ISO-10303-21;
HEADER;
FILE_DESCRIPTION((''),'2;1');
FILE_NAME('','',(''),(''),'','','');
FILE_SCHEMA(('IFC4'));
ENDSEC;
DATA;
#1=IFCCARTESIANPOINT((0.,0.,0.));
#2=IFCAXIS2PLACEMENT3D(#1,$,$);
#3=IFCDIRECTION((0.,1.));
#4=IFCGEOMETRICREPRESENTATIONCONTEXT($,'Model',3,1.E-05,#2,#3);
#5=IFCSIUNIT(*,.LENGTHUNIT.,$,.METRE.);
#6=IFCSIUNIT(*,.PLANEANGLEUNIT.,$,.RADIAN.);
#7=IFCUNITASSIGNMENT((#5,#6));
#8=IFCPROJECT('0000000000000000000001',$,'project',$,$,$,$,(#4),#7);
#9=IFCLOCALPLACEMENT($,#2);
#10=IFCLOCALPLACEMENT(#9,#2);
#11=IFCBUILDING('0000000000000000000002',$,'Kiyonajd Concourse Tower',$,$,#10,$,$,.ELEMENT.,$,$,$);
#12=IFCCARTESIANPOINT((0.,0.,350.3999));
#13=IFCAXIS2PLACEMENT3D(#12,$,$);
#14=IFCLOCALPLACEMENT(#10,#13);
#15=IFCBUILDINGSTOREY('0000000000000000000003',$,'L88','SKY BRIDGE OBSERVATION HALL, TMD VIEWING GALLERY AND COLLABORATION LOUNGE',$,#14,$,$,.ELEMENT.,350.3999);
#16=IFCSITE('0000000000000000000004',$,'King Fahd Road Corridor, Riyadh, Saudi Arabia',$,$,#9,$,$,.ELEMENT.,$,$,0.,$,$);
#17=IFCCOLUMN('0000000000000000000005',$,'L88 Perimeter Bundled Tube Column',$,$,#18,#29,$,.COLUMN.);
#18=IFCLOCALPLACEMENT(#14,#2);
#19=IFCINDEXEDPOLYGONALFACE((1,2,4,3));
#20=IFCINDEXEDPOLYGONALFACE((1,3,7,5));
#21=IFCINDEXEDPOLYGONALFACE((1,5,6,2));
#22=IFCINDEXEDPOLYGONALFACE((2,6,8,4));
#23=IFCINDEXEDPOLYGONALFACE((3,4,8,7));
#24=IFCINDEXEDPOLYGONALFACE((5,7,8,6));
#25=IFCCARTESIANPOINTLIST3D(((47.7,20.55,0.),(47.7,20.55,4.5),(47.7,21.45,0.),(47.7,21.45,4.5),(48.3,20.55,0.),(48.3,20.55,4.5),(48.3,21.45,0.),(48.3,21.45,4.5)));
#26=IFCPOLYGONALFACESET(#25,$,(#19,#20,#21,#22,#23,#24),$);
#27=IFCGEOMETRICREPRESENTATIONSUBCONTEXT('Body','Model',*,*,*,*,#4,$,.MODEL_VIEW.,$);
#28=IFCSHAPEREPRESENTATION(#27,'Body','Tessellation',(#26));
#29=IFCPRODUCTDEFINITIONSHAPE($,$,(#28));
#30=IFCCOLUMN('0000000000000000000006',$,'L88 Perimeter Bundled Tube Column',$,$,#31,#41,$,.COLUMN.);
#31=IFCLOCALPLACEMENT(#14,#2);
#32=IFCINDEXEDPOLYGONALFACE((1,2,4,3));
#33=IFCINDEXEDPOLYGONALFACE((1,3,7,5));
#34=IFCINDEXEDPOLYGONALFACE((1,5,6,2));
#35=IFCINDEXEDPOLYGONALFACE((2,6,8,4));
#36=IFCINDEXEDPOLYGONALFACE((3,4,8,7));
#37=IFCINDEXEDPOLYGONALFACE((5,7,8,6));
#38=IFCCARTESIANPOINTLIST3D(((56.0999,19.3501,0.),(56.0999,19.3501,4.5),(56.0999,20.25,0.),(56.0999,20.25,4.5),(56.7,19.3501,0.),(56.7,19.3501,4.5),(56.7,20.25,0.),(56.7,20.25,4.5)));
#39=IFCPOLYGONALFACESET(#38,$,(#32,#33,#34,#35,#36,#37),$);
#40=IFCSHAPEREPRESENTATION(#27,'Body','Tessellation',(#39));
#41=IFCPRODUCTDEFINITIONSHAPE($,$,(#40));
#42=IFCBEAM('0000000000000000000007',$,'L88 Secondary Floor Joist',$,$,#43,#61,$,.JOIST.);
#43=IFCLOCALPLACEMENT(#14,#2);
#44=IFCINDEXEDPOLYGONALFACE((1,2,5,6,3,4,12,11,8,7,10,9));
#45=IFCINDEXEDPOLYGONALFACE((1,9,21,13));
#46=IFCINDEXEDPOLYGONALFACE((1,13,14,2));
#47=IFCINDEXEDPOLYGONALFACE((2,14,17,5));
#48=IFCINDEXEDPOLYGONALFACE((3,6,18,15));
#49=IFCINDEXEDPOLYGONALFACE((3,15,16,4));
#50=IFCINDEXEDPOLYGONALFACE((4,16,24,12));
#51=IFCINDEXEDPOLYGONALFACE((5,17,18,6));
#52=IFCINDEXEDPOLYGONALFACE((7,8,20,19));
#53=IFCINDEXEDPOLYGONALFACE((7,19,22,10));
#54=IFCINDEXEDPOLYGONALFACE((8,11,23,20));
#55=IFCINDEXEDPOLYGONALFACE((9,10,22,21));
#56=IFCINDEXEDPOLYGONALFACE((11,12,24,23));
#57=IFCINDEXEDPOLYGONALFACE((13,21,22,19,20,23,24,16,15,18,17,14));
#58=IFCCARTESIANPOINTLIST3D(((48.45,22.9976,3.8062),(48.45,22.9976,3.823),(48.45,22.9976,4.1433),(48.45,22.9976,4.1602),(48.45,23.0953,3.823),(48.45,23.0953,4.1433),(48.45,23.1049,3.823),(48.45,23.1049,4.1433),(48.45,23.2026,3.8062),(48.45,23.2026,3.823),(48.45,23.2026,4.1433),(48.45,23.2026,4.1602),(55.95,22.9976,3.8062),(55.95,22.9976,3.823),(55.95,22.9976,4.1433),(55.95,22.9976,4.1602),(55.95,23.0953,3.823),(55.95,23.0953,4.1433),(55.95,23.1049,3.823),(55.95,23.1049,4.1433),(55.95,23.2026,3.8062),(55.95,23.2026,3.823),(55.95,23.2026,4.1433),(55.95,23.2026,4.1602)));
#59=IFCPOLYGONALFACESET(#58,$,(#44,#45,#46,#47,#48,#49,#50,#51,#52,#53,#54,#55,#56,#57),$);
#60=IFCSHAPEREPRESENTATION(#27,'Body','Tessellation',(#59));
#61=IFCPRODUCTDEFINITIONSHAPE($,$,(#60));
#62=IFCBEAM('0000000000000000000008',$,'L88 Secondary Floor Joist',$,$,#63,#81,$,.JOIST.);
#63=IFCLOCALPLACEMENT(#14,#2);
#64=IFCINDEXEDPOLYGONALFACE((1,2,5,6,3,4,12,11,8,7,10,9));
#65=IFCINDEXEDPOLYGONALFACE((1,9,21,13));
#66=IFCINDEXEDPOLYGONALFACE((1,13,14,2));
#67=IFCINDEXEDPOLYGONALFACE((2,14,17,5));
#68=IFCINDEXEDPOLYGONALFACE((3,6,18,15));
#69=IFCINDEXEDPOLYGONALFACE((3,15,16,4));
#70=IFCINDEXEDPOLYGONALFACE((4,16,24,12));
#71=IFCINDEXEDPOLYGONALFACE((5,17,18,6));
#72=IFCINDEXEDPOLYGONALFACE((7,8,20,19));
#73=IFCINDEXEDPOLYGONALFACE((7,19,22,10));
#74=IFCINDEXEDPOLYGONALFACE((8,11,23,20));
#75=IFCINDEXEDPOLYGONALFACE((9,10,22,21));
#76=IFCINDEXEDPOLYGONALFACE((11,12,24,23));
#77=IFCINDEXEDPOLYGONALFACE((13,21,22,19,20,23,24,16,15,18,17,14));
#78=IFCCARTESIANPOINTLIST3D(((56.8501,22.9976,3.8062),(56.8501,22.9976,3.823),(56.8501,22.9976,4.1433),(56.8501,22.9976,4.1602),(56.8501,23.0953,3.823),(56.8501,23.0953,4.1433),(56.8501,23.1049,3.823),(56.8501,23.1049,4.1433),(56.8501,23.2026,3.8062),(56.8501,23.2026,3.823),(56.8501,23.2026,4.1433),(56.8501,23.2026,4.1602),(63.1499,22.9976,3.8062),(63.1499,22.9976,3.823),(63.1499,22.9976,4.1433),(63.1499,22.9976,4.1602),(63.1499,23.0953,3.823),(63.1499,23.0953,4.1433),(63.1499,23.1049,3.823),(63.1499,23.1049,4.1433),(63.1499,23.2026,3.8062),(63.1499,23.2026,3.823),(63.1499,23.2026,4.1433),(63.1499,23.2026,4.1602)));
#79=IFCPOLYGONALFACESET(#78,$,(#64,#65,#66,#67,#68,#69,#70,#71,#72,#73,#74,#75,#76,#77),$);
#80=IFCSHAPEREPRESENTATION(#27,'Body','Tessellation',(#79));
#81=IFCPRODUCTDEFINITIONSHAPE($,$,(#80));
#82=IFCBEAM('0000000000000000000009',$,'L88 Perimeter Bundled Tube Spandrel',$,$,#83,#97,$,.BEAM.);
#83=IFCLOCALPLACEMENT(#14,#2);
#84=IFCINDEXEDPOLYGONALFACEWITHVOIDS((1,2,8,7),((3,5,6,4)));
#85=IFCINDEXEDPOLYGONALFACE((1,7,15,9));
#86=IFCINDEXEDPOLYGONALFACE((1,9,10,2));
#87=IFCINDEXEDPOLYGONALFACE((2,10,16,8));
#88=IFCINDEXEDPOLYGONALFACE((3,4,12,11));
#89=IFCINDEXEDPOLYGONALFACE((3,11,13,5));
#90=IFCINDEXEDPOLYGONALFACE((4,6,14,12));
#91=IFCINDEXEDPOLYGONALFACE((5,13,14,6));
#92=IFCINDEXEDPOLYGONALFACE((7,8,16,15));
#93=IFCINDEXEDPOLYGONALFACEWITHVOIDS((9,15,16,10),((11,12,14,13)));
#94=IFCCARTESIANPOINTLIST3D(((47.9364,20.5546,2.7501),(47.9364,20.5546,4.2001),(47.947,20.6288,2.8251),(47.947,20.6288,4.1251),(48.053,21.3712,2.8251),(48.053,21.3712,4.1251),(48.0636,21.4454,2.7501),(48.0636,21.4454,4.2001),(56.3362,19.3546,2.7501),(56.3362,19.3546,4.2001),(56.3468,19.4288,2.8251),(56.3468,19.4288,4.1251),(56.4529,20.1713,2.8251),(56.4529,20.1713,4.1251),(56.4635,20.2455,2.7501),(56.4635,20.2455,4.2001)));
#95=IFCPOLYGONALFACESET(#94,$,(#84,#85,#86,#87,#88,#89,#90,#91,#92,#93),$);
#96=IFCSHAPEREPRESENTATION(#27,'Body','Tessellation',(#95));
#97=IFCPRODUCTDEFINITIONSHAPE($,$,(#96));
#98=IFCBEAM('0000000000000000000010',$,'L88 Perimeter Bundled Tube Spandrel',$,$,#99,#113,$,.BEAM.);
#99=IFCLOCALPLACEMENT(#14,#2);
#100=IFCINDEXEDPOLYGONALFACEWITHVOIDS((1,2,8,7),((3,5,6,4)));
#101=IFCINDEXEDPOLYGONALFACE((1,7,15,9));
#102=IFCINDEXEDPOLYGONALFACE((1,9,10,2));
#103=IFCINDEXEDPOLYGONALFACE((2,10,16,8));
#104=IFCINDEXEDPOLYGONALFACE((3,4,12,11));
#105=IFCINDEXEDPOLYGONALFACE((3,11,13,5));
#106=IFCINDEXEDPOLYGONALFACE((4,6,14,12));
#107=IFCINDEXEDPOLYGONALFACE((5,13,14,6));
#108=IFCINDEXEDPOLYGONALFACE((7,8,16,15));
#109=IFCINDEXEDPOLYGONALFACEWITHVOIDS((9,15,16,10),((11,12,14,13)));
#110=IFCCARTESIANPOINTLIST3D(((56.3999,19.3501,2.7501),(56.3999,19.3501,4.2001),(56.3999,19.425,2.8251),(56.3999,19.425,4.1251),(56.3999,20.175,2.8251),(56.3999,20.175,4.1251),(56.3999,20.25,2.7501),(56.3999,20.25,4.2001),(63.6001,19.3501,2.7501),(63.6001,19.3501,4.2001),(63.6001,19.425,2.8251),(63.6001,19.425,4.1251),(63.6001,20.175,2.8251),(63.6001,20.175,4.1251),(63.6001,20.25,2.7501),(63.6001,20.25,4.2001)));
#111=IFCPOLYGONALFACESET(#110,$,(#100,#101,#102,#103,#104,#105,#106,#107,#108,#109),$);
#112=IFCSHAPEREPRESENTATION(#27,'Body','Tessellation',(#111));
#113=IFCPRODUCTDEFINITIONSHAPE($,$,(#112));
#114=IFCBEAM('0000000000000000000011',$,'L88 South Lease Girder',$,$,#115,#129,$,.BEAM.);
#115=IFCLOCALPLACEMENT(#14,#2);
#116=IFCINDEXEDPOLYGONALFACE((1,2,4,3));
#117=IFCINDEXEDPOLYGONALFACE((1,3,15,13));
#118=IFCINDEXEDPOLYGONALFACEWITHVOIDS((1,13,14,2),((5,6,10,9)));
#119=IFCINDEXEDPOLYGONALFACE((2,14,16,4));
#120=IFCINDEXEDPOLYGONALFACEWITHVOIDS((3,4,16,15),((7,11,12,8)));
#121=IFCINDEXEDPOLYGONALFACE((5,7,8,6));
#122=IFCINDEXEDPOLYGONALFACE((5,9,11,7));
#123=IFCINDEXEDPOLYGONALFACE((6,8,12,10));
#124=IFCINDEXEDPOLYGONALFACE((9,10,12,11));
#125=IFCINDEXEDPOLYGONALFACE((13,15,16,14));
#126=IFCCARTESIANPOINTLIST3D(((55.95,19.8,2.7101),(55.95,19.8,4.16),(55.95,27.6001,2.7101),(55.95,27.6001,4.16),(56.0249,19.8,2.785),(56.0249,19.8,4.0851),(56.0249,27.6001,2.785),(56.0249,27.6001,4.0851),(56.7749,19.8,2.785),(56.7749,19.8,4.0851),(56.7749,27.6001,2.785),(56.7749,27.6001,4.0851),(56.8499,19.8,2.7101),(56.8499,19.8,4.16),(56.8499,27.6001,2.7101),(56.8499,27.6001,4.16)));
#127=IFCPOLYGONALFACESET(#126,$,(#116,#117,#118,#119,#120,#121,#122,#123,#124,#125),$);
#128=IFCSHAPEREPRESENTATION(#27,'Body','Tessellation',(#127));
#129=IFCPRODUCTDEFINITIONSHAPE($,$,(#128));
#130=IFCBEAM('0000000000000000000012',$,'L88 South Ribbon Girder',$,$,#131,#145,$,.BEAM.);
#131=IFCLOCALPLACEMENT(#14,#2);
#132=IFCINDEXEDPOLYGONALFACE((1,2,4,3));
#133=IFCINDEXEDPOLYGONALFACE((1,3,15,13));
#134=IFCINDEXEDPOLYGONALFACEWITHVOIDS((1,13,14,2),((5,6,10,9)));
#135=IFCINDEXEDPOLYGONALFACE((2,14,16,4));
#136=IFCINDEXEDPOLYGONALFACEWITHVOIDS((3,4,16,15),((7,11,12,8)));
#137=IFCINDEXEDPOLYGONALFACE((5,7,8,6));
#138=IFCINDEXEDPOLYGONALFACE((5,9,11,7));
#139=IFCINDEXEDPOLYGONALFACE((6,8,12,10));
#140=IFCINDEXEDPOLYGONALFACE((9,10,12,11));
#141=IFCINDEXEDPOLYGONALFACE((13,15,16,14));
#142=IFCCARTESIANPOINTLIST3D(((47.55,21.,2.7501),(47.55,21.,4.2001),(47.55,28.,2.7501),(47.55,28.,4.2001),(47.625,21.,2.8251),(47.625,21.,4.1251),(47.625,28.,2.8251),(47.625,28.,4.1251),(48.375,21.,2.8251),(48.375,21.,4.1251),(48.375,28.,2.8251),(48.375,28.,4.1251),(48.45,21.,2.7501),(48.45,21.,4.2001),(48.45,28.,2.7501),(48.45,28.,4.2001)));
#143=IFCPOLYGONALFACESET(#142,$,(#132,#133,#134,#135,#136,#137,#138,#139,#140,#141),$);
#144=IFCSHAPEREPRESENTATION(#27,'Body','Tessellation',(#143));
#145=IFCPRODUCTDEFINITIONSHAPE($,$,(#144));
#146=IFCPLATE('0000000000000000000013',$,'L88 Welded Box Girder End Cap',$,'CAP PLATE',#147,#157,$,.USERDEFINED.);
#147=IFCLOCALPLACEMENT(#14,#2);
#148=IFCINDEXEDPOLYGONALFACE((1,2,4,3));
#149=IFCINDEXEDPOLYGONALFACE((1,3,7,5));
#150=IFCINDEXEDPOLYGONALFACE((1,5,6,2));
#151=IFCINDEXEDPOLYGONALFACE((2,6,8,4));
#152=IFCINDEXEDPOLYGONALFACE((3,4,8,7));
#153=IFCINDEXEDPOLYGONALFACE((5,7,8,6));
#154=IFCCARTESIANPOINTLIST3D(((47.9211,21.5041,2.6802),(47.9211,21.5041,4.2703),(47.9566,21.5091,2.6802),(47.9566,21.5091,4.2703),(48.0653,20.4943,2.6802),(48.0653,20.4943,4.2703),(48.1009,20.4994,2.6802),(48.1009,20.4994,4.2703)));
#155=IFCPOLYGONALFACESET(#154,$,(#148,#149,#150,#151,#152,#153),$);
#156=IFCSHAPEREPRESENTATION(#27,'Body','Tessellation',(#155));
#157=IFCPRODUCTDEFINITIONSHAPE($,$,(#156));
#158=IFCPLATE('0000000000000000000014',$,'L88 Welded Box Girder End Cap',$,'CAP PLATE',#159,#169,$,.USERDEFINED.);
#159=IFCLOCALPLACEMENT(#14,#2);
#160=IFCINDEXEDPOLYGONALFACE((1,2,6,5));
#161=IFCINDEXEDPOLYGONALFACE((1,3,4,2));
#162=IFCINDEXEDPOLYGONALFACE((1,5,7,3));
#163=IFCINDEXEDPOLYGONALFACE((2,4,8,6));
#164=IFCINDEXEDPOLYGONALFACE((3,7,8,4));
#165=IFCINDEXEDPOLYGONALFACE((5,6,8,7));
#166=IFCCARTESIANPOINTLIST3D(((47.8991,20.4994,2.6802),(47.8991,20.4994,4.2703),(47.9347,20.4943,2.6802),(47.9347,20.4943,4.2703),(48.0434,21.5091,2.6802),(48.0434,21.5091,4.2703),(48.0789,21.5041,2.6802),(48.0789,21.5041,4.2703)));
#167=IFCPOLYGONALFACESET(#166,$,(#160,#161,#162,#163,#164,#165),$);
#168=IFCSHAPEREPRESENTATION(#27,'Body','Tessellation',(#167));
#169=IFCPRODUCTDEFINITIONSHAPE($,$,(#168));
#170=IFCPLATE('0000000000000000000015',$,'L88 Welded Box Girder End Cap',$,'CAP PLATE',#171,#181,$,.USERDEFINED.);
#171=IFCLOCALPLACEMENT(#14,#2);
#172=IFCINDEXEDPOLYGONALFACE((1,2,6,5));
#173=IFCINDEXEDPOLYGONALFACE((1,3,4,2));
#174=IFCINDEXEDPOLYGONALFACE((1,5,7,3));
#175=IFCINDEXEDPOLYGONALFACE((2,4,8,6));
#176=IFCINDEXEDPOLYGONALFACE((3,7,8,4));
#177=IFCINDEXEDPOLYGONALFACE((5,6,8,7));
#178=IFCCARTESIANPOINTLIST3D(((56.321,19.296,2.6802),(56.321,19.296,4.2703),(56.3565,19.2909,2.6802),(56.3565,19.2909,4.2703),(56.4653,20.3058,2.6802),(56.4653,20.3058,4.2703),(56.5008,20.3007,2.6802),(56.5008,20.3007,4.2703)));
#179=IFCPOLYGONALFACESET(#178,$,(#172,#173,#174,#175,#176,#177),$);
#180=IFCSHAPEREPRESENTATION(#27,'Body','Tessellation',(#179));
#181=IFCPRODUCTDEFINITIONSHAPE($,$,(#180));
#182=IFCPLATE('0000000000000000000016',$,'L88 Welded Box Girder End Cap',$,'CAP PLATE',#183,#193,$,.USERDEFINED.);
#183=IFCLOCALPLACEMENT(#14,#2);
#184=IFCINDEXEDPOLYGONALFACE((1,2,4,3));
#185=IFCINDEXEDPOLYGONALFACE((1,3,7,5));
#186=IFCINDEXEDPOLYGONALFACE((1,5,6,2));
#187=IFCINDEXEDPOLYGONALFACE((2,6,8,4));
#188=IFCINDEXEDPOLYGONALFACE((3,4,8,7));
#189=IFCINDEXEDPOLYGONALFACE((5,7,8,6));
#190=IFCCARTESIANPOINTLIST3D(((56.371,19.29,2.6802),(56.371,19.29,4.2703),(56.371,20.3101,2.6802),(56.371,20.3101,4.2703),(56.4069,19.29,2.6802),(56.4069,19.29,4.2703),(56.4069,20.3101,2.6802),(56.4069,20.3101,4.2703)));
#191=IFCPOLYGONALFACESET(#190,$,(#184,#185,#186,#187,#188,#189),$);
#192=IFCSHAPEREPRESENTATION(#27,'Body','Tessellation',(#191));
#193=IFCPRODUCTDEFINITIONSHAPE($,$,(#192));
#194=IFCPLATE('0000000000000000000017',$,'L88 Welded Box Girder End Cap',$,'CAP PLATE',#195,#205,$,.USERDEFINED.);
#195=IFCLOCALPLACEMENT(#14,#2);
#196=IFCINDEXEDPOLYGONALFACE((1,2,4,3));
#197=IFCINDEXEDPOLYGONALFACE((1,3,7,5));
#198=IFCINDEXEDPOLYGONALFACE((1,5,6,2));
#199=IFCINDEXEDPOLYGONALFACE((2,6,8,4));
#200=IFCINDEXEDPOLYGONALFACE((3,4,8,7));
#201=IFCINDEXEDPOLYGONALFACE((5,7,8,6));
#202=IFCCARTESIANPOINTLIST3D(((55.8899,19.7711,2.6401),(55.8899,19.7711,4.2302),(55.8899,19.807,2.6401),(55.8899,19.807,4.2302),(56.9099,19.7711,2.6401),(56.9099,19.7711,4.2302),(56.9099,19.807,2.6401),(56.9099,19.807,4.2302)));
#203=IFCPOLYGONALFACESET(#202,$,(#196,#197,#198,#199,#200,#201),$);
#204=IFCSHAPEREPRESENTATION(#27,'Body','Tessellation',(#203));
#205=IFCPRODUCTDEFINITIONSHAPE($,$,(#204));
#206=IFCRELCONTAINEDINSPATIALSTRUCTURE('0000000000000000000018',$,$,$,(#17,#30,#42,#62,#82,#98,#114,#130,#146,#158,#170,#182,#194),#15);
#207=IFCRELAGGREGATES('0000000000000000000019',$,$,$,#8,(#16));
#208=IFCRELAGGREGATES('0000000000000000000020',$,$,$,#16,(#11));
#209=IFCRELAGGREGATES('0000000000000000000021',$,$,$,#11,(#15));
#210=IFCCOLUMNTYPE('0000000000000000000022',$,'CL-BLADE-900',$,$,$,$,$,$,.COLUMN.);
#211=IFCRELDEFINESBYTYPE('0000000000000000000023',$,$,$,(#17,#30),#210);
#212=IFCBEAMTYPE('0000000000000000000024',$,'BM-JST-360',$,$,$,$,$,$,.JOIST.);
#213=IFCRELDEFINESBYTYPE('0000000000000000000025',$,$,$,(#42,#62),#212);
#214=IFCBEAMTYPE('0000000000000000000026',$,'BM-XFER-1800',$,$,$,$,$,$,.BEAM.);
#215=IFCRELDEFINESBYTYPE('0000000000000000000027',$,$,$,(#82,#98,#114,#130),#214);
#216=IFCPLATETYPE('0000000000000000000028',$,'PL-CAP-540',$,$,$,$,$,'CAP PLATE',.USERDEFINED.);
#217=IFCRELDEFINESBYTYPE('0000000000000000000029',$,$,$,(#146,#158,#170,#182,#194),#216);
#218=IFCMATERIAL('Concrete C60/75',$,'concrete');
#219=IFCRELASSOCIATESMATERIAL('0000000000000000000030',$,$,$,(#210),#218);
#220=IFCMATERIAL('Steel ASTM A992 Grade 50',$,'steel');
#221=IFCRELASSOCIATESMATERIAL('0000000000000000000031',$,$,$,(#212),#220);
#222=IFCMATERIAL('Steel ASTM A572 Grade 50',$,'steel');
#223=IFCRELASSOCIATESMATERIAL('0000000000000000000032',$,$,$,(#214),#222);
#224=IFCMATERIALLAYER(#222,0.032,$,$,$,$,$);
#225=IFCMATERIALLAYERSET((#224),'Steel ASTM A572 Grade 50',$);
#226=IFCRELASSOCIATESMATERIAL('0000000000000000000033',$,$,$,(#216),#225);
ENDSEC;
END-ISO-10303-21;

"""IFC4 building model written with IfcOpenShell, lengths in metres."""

from ifc_helpers import new_model, si_unit, direction, frame, origin, origin_2d, place, context, subcontext, project, spatial, rectangle, hollow_rectangle, i_section, extrude, material, layer, layer_set, material_profile, profile_set, type_object, element, save


model = new_model("IFC4")

# Units and contexts
model_context = context("Model", 3, precision=1e-05, world=origin(), true_north=direction((0.0, 1.0)))
body_context = subcontext(model_context, "Body", "Model", "MODEL_VIEW")
ifc_project = project(units=[si_unit("LENGTHUNIT", "METRE"), si_unit("PLANEANGLEUNIT", "RADIAN")], contexts=[model_context])

# Site, building, storey
site_placement = place(None, origin())
site = spatial("IfcSite", under=ifc_project, at=site_placement, Name="King Fahd Road Corridor, Riyadh, Saudi Arabia", CompositionType="ELEMENT", RefElevation=0.0)
building_placement = place(site_placement, origin())
building = spatial("IfcBuilding", under=site, at=building_placement, Name="Kiyonajd Concourse Tower", CompositionType="ELEMENT")
storey_placement = place(building_placement, frame((0.0, 0.0, 350.3999)))
storey = spatial("IfcBuildingStorey", under=building, at=storey_placement, Name="L88", Description="SKY BRIDGE OBSERVATION HALL, TMD VIEWING GALLERY AND COLLABORATION LOUNGE", CompositionType="ELEMENT", Elevation=350.3999)

# Columns
ifc_material_1 = material(Name="Concrete C60/75", Category="concrete")
ifc_material_profile_1 = material_profile(ifc_material_1, rectangle(XDim=0.6001, YDim=0.8999, at=origin_2d()), Name="RC-900x600")
ifc_profile_set_1 = profile_set([ifc_material_profile_1], Name="Concrete C60/75")
column_type = type_object("IfcColumnType", Name="CL-BLADE-900", PredefinedType="COLUMN", material=ifc_profile_set_1)
for number, where, z_axis, x_axis, name in (
    (1, (48.0, 21.0, 0.0), (0.0, 0.0, 1.0), (1.0, 0.0, 0.0), "L88 Perimeter Bundled Tube Column"),
    (2, (56.3999, 19.8, 0.0), (0.0, 0.0, 1.0), (1.0, 0.0, 0.0), "L88 Perimeter Bundled Tube Column"),
):
    element("IfcColumn", number, at=place(storey_placement, frame(where, z_axis=z_axis, x_axis=x_axis)), inside=storey, type_object=column_type, Name=name, PredefinedType="COLUMN", context=body_context, shape_type="SweptSolid", body=[
        extrude(rectangle(XDim=0.6001, YDim=0.8999, at=origin_2d()), origin(), (0.0, 0.0, 1.0), 4.5),
    ])

# Beams
ifc_material_2 = material(Name="Steel ASTM A992 Grade 50", Category="steel")
ifc_material_profile_2 = material_profile(ifc_material_2, i_section(OverallWidth=0.2051, OverallDepth=0.354, WebThickness=0.0095, FlangeThickness=0.0168, at=origin_2d()), Name="W360X79")
ifc_profile_set_2 = profile_set([ifc_material_profile_2], Name="Steel ASTM A992 Grade 50")
beam_type_1 = type_object("IfcBeamType", Name="BM-JST-360", PredefinedType="JOIST", material=ifc_profile_set_2)
beam_1_placement = place(storey_placement, frame((48.45, 23.1001, 3.9832), z_axis=(1.0, 0.0, 0.0), x_axis=(0.0, 1.0, 0.0)))
element("IfcBeam", 3, at=beam_1_placement, inside=storey, type_object=beam_type_1, Name="L88 Secondary Floor Joist", PredefinedType="JOIST", context=body_context, shape_type="SweptSolid", body=[
    extrude(i_section(OverallWidth=0.2051, OverallDepth=0.354, WebThickness=0.0095, FlangeThickness=0.0168, at=origin_2d()), origin(), (0.0, 0.0, 1.0), 7.5),
])
beam_2_placement = place(storey_placement, frame((56.8501, 23.1001, 3.9832), z_axis=(1.0, 0.0, 0.0), x_axis=(0.0, 1.0, 0.0)))
element("IfcBeam", 4, at=beam_2_placement, inside=storey, type_object=beam_type_1, Name="L88 Secondary Floor Joist", PredefinedType="JOIST", context=body_context, shape_type="SweptSolid", body=[
    extrude(i_section(OverallWidth=0.2051, OverallDepth=0.354, WebThickness=0.0095, FlangeThickness=0.0168, at=origin_2d()), origin(), (0.0, 0.0, 1.0), 6.2998),
])
ifc_material_3 = material(Name="Steel ASTM A572 Grade 50", Category="steel")
ifc_material_profile_3 = material_profile(ifc_material_3, hollow_rectangle(XDim=0.8999, YDim=1.45, WallThickness=0.075, at=origin_2d()), Name="BOX-1450x900x75")
ifc_profile_set_3 = profile_set([ifc_material_profile_3], Name="Steel ASTM A572 Grade 50")
beam_type_2 = type_object("IfcBeamType", Name="BM-XFER-1800", PredefinedType="BEAM", material=ifc_profile_set_3)
beam_3_placement = place(storey_placement, frame((48.0, 21.0, 3.4751), z_axis=(0.98995, -0.141417, 0.0), x_axis=(0.141417, 0.98995, 0.0)))
element("IfcBeam", 5, at=beam_3_placement, inside=storey, type_object=beam_type_2, Name="L88 Perimeter Bundled Tube Spandrel", PredefinedType="BEAM", context=body_context, shape_type="SweptSolid", body=[
    extrude(hollow_rectangle(XDim=0.8999, YDim=1.45, WallThickness=0.075, at=origin_2d()), origin(), (0.0, 0.0, 1.0), 8.4851),
])
beam_4_placement = place(storey_placement, frame((56.3999, 19.8, 3.4751), z_axis=(1.0, 0.0, 0.0), x_axis=(0.0, 1.0, 0.0)))
element("IfcBeam", 6, at=beam_4_placement, inside=storey, type_object=beam_type_2, Name="L88 Perimeter Bundled Tube Spandrel", PredefinedType="BEAM", context=body_context, shape_type="SweptSolid", body=[
    extrude(hollow_rectangle(XDim=0.8999, YDim=1.45, WallThickness=0.075, at=origin_2d()), origin(), (0.0, 0.0, 1.0), 7.2002),
])
beam_5_placement = place(storey_placement, frame((56.3999, 19.8, 3.4351), z_axis=(0.0, 1.0, 0.0), x_axis=(-1.0, 0.0, 0.0)))
element("IfcBeam", 7, at=beam_5_placement, inside=storey, type_object=beam_type_2, Name="L88 South Lease Girder", PredefinedType="BEAM", context=body_context, shape_type="SweptSolid", body=[
    extrude(hollow_rectangle(XDim=0.8999, YDim=1.45, WallThickness=0.075, at=origin_2d()), origin(), (0.0, 0.0, 1.0), 7.8),
])
beam_6_placement = place(storey_placement, frame((48.0, 21.0, 3.4751), z_axis=(0.0, 1.0, 0.0), x_axis=(-1.0, 0.0, 0.0)))
element("IfcBeam", 8, at=beam_6_placement, inside=storey, type_object=beam_type_2, Name="L88 South Ribbon Girder", PredefinedType="BEAM", context=body_context, shape_type="SweptSolid", body=[
    extrude(hollow_rectangle(XDim=0.8999, YDim=1.45, WallThickness=0.075, at=origin_2d()), origin(), (0.0, 0.0, 1.0), 7.0),
])

# Plates
ifc_layer_1 = layer(ifc_material_3, 0.032)
ifc_layer_set_1 = layer_set([ifc_layer_1], Name="Steel ASTM A572 Grade 50")
plate_type_1 = type_object("IfcPlateType", Name="PL-CAP-540", ElementType="CAP PLATE", PredefinedType="USERDEFINED", material=ifc_layer_set_1)
for number, where, z_axis, x_axis, name in (
    (9, (48.011, 21.0017, 2.6802), (0.0, 0.0, 1.0), (0.98995, 0.14142, 0.0), "L88 Welded Box Girder End Cap"),
    (10, (47.989, 21.0017, 2.6802), (0.0, 0.0, 1.0), (-0.98995, 0.14142, 0.0), "L88 Welded Box Girder End Cap"),
    (11, (56.4109, 19.7983, 2.6802), (0.0, 0.0, 1.0), (0.98995, -0.14142, 0.0), "L88 Welded Box Girder End Cap"),
    (12, (56.3889, 19.8, 2.6802), (0.0, 0.0, 1.0), (-1.0, 0.0, 0.0), "L88 Welded Box Girder End Cap"),
    (13, (56.3999, 19.7891, 2.6401), (0.0, 0.0, 1.0), (0.0, -1.0, 0.0), "L88 Welded Box Girder End Cap"),
):
    element("IfcPlate", number, at=place(storey_placement, frame(where, z_axis=z_axis, x_axis=x_axis)), inside=storey, type_object=plate_type_1, Name=name, ObjectType="CAP PLATE", PredefinedType="USERDEFINED", context=body_context, shape_type="SweptSolid", body=[
        extrude(rectangle(XDim=0.0359, YDim=1.02, at=origin_2d()), origin(), (0.0, 0.0, 1.0), 1.5901),
    ])

save(model, "model.ifc")
